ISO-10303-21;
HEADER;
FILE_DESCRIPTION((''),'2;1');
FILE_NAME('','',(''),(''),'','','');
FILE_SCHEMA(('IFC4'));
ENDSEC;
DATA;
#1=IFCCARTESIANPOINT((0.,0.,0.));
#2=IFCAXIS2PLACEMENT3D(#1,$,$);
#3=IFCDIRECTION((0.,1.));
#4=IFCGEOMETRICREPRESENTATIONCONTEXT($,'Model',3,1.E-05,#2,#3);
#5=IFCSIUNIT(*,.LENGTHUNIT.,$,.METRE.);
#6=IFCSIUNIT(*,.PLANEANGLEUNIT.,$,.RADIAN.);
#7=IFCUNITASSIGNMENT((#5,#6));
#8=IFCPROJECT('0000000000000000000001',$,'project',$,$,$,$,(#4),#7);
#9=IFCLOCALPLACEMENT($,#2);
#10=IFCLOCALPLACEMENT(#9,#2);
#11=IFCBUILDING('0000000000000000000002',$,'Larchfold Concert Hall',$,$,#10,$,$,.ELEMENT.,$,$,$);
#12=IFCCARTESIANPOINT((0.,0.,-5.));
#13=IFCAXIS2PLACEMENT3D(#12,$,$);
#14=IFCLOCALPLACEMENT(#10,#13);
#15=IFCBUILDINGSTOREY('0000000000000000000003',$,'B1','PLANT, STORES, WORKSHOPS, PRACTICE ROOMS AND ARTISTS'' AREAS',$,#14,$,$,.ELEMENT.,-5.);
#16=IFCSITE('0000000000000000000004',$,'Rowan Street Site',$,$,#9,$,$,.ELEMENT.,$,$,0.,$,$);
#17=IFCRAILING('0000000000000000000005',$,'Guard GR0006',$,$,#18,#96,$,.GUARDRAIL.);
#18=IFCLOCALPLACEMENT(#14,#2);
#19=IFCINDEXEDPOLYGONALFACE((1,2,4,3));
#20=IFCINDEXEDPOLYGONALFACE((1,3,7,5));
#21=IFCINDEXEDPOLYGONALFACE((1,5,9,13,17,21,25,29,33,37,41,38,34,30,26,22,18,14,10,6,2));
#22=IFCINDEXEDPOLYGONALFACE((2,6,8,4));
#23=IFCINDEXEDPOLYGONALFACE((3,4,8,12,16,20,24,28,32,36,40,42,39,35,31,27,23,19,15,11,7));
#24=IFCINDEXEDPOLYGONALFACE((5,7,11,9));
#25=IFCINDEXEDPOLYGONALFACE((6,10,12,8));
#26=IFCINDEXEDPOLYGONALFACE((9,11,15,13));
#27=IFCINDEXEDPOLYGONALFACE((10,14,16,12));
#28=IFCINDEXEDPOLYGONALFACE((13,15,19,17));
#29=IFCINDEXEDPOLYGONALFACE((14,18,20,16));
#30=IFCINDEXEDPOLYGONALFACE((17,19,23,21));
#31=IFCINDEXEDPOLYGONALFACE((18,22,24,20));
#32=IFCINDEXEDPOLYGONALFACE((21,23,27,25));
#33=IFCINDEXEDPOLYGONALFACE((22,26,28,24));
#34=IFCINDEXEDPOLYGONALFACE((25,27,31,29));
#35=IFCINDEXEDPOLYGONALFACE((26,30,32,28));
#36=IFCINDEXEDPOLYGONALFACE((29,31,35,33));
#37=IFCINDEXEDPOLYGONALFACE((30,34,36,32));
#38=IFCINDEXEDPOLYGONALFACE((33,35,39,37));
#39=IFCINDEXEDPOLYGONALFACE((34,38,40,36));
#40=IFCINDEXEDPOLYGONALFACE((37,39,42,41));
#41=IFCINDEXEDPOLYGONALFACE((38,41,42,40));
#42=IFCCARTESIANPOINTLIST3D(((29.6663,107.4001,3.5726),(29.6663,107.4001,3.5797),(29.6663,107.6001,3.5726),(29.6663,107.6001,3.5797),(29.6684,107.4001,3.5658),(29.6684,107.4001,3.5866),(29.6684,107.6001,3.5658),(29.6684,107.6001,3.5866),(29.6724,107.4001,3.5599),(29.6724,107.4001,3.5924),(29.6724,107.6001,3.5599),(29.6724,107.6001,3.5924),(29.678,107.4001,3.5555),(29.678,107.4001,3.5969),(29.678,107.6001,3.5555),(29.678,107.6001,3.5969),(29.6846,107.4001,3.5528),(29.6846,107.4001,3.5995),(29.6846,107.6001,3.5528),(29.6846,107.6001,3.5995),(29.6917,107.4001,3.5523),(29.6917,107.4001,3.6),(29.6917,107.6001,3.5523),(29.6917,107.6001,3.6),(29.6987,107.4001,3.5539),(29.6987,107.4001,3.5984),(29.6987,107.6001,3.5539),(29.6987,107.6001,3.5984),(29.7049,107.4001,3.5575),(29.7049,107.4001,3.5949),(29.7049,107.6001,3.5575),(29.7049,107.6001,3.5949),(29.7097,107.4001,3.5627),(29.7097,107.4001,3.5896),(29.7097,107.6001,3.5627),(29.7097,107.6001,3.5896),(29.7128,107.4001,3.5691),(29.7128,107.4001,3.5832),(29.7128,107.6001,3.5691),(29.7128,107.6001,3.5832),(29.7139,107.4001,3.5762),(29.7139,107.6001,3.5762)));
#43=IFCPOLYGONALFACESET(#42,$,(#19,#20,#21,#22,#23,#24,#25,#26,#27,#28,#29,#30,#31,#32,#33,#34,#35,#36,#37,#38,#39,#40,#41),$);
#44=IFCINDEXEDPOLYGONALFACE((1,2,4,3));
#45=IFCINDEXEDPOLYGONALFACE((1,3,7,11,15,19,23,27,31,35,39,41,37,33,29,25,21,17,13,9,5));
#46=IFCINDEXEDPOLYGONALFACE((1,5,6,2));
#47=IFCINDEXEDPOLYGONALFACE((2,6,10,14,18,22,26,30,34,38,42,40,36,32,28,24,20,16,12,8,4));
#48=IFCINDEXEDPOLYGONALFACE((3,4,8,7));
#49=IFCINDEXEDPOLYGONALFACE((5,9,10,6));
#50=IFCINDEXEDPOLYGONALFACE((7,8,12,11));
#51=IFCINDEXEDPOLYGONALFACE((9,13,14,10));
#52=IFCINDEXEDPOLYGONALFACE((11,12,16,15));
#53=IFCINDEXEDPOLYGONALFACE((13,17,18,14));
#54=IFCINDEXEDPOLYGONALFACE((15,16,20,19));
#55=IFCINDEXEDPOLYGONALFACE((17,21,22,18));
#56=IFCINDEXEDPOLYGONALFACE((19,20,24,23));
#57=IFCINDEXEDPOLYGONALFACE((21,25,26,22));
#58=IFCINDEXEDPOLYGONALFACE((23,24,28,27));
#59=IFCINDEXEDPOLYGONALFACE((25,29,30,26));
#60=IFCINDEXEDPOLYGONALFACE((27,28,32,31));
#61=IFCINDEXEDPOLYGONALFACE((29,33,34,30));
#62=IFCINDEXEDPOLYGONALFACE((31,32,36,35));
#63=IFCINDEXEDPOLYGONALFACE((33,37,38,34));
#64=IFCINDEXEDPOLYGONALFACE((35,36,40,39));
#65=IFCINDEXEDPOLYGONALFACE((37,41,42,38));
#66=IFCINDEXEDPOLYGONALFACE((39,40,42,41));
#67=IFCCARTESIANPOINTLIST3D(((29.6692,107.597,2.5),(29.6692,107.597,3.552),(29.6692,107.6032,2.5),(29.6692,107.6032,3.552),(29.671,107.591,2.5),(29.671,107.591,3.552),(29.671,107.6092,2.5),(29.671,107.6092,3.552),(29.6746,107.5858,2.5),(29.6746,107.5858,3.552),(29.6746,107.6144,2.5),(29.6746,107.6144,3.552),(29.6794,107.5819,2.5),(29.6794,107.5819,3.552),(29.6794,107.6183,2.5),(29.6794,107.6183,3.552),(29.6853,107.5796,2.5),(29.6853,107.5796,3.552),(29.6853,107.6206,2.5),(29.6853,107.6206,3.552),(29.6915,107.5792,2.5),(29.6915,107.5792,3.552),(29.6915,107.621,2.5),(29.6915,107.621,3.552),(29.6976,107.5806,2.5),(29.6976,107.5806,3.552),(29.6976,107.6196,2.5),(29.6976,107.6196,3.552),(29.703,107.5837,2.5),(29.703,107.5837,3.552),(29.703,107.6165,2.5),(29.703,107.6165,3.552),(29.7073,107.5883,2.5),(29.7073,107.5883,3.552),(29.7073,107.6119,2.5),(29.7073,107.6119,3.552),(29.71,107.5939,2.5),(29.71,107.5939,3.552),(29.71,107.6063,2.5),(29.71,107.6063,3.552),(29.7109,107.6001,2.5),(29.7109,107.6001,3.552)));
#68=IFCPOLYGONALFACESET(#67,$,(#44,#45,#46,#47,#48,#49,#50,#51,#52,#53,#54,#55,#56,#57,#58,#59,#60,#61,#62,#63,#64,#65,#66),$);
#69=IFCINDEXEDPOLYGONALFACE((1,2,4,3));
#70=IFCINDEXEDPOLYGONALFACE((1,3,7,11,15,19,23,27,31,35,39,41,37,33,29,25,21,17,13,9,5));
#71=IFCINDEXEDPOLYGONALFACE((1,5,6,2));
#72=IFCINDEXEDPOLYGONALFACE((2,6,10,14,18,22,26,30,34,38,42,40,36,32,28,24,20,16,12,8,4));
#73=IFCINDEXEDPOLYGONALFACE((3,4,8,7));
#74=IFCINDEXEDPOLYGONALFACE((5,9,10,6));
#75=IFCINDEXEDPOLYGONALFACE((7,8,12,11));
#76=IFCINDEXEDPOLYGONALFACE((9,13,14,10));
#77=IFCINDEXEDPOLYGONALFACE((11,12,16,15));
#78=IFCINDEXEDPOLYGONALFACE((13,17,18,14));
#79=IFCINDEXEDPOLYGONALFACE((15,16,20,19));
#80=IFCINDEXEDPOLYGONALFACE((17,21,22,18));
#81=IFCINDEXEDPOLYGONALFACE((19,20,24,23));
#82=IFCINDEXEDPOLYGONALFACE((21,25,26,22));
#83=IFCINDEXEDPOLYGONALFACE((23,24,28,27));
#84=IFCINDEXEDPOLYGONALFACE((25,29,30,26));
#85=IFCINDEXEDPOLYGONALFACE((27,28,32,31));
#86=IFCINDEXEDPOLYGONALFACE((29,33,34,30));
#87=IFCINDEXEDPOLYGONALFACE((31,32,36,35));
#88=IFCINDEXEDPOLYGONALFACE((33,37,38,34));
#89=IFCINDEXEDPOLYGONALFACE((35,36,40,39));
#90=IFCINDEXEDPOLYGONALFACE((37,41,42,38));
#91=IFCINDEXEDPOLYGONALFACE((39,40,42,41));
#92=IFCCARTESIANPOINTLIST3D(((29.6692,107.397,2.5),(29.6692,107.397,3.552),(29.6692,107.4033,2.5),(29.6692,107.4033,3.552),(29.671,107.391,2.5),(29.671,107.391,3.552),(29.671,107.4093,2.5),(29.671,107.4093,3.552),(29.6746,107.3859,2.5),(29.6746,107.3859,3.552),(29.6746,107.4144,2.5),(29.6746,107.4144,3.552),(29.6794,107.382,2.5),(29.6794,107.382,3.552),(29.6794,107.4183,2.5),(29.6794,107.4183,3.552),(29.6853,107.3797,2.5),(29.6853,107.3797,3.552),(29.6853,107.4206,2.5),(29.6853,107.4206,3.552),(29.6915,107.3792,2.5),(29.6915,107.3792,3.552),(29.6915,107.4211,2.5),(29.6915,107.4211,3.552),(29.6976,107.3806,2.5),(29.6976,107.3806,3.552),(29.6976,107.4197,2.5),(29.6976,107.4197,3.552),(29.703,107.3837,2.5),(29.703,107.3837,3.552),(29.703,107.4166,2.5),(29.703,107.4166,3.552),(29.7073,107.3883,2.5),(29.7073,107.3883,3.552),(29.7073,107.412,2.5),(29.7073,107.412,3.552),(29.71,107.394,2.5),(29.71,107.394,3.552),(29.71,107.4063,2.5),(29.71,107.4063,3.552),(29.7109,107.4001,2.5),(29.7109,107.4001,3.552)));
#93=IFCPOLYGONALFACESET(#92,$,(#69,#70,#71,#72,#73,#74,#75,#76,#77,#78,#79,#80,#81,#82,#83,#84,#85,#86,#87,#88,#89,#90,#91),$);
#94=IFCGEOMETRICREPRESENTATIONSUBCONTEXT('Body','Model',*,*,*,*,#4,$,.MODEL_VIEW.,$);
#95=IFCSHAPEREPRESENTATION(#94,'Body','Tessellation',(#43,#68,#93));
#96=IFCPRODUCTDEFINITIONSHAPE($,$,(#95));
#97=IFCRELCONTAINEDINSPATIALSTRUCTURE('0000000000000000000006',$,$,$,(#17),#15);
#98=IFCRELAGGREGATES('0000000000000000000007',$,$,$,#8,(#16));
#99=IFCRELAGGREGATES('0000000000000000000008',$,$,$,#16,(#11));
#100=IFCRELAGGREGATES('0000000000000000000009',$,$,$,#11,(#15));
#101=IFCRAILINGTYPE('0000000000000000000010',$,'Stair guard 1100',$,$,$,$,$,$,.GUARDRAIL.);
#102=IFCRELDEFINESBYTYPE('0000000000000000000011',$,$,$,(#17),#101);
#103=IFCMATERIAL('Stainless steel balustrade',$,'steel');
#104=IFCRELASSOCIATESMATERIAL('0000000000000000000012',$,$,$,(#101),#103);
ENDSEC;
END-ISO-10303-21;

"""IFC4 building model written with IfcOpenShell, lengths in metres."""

from ifc_helpers import new_model, si_unit, direction, frame, origin, origin_2d, place, context, subcontext, project, spatial, circle, extrude, material, type_object, element, save


model = new_model("IFC4")

# Units and contexts
model_context = context("Model", 3, precision=1e-05, world=origin(), true_north=direction((0.0, 1.0)))
body_context = subcontext(model_context, "Body", "Model", "MODEL_VIEW")
ifc_project = project(units=[si_unit("LENGTHUNIT", "METRE"), si_unit("PLANEANGLEUNIT", "RADIAN")], contexts=[model_context])

# Site, building, storey
site_placement = place(None, origin())
site = spatial("IfcSite", under=ifc_project, at=site_placement, Name="Rowan Street Site", CompositionType="ELEMENT", RefElevation=0.0)
building_placement = place(site_placement, origin())
building = spatial("IfcBuilding", under=site, at=building_placement, Name="Larchfold Concert Hall", CompositionType="ELEMENT")
storey_placement = place(building_placement, frame((0.0, 0.0, -5.0)))
storey = spatial("IfcBuildingStorey", under=building, at=storey_placement, Name="B1", Description="PLANT, STORES, WORKSHOPS, PRACTICE ROOMS AND ARTISTS' AREAS", CompositionType="ELEMENT", Elevation=-5.0)

# Railing
ifc_material_1 = material(Name="Stainless steel balustrade", Category="steel")
railing_type = type_object("IfcRailingType", Name="Stair guard 1100", PredefinedType="GUARDRAIL", material=ifc_material_1)
railing_placement = place(storey_placement, frame((29.6899, 107.6001, 2.5)))
element("IfcRailing", 1, at=railing_placement, inside=storey, type_object=railing_type, Name="Guard GR0006", PredefinedType="GUARDRAIL", context=body_context, shape_type="SweptSolid", body=[
    extrude(circle(Radius=0.0239, at=origin_2d()), frame((0.0, 0.0, 1.0762), z_axis=(0.0, -1.0, 0.0), x_axis=(1.0, 0.0, 0.0)), (0.0, 0.0, 1.0), 0.2),
    extrude(circle(Radius=0.021, at=origin_2d()), origin(), (0.0, 0.0, 1.0), 1.052),
    extrude(circle(Radius=0.021, at=origin_2d()), frame((0.0, -0.2, 0.0)), (0.0, 0.0, 1.0), 1.052),
])

save(model, "model.ifc")
